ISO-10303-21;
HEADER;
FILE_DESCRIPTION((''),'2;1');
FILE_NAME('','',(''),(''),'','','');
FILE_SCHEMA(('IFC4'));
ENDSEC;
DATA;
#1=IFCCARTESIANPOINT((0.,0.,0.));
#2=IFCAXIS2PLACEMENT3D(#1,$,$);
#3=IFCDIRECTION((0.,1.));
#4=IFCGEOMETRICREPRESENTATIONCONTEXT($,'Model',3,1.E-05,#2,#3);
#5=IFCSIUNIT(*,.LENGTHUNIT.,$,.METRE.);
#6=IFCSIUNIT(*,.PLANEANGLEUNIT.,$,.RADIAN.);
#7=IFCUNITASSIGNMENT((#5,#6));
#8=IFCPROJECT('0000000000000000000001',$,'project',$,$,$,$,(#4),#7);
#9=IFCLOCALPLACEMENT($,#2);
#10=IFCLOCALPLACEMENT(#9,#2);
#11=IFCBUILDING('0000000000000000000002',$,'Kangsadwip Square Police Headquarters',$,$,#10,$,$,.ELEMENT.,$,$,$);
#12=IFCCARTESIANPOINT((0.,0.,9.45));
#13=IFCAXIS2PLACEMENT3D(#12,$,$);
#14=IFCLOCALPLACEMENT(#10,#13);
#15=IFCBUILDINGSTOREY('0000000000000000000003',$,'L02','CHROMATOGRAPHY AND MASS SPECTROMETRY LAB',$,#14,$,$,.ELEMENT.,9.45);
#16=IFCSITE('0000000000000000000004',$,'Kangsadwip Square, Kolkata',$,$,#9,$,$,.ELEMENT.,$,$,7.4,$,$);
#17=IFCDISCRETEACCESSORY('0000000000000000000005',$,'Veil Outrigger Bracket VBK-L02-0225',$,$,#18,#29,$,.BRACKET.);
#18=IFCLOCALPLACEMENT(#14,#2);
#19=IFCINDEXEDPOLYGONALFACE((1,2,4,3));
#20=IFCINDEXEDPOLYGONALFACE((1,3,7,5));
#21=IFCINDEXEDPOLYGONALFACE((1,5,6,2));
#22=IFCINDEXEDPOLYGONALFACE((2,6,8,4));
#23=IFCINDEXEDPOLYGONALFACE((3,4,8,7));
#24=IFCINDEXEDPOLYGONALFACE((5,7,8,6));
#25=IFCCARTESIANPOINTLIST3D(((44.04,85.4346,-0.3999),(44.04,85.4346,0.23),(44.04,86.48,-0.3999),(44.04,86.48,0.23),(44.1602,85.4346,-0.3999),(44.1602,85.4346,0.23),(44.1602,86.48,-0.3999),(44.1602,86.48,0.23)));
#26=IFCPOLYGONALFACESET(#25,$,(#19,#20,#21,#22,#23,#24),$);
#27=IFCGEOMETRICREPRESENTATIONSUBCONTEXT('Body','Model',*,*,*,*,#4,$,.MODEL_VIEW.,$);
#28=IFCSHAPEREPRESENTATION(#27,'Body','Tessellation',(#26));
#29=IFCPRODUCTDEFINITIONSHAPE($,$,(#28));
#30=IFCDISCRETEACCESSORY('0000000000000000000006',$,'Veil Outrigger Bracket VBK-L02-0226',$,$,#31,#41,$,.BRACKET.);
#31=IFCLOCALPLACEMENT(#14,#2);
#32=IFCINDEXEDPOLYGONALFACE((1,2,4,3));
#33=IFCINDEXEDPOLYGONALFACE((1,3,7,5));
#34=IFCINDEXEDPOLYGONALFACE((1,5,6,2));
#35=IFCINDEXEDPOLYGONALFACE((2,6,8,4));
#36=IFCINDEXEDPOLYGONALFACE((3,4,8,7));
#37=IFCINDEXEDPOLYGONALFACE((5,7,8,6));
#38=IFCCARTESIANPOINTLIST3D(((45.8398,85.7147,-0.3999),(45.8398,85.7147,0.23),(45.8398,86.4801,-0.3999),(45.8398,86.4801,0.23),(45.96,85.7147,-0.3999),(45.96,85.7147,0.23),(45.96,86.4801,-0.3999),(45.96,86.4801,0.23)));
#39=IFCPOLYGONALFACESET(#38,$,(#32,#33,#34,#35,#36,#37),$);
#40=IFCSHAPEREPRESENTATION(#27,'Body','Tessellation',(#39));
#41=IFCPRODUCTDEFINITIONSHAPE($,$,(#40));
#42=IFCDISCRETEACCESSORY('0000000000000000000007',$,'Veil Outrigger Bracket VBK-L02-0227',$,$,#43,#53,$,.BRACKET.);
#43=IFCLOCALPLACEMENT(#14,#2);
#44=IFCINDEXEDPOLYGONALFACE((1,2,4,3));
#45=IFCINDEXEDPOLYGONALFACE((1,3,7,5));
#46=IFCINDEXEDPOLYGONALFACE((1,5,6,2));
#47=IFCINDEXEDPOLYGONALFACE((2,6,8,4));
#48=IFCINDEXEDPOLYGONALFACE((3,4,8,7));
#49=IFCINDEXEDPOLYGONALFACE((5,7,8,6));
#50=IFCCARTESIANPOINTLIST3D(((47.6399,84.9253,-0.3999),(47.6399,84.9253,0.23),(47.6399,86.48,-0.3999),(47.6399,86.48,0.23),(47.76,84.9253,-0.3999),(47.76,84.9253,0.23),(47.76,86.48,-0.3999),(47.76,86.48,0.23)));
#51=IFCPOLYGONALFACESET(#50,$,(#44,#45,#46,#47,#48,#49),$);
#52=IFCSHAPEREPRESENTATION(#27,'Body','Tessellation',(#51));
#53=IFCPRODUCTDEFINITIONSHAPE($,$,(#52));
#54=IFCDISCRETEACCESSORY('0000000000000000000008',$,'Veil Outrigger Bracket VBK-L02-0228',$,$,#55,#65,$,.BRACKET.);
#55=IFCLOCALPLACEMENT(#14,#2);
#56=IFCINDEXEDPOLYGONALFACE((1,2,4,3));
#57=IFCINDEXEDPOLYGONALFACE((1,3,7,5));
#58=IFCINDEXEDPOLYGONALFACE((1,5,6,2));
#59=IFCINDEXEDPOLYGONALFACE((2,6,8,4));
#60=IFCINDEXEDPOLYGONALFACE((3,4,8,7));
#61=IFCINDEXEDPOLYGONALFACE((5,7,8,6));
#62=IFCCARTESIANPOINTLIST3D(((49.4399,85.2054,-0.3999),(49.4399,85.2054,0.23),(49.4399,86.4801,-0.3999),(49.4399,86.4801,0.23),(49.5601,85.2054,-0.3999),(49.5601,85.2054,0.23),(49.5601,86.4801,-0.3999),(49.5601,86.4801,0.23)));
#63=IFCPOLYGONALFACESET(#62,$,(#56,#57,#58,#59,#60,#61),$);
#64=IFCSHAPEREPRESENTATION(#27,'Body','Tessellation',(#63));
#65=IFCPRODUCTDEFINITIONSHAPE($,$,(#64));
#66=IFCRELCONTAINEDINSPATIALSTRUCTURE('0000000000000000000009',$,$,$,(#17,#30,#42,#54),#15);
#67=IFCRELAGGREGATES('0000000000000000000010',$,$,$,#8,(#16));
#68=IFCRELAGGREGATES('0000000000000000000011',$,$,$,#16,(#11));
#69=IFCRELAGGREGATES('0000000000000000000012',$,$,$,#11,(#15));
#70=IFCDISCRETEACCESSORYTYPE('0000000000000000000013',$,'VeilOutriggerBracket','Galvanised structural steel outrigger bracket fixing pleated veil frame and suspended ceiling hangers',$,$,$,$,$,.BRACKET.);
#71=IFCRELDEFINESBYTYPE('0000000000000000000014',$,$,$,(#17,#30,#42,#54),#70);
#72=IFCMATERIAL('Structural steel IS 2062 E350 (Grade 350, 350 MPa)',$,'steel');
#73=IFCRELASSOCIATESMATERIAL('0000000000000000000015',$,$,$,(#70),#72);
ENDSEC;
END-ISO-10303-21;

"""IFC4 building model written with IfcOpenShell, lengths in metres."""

from ifc_helpers import new_model, si_unit, direction, frame, origin, origin_2d, place, context, subcontext, project, spatial, rectangle, extrude, material, type_object, element, save


model = new_model("IFC4")

# Units and contexts
model_context = context("Model", 3, precision=1e-05, world=origin(), true_north=direction((0.0, 1.0)))
body_context = subcontext(model_context, "Body", "Model", "MODEL_VIEW")
ifc_project = project(units=[si_unit("LENGTHUNIT", "METRE"), si_unit("PLANEANGLEUNIT", "RADIAN")], contexts=[model_context])

# Site, building, storey
site_placement = place(None, origin())
site = spatial("IfcSite", under=ifc_project, at=site_placement, Name="Kangsadwip Square, Kolkata", CompositionType="ELEMENT", RefElevation=7.4)
building_placement = place(site_placement, origin())
building = spatial("IfcBuilding", under=site, at=building_placement, Name="Kangsadwip Square Police Headquarters", CompositionType="ELEMENT")
storey_placement = place(building_placement, frame((0.0, 0.0, 9.45)))
storey = spatial("IfcBuildingStorey", under=building, at=storey_placement, Name="L02", Description="CHROMATOGRAPHY AND MASS SPECTROMETRY LAB", CompositionType="ELEMENT", Elevation=9.45)

# Discrete accessories
ifc_material_1 = material(Name="Structural steel IS 2062 E350 (Grade 350, 350 MPa)", Category="steel")
discrete_accessory_type = type_object("IfcDiscreteAccessoryType", Name="VeilOutriggerBracket", Description="Galvanised structural steel outrigger bracket fixing pleated veil frame and suspended ceiling hangers", PredefinedType="BRACKET", material=ifc_material_1)
discrete_accessory_1_placement = place(storey_placement, frame((44.1001, 85.9573, -0.3999), z_axis=(0.0, 0.0, 1.0), x_axis=(1.0, 0.0, 0.0)))
element("IfcDiscreteAccessory", 1, at=discrete_accessory_1_placement, inside=storey, type_object=discrete_accessory_type, Name="Veil Outrigger Bracket VBK-L02-0225", PredefinedType="BRACKET", context=body_context, shape_type="SweptSolid", body=[
    extrude(rectangle(XDim=0.1201, YDim=1.0454, at=origin_2d()), origin(), (0.0, 0.0, 1.0), 0.6299),
])
discrete_accessory_2_placement = place(storey_placement, frame((45.8999, 86.0974, -0.3999), z_axis=(0.0, 0.0, 1.0), x_axis=(1.0, 0.0, 0.0)))
element("IfcDiscreteAccessory", 2, at=discrete_accessory_2_placement, inside=storey, type_object=discrete_accessory_type, Name="Veil Outrigger Bracket VBK-L02-0226", PredefinedType="BRACKET", context=body_context, shape_type="SweptSolid", body=[
    extrude(rectangle(XDim=0.1201, YDim=0.7654, at=origin_2d()), origin(), (0.0, 0.0, 1.0), 0.6299),
])
discrete_accessory_3_placement = place(storey_placement, frame((47.7, 85.7026, -0.3999), z_axis=(0.0, 0.0, 1.0), x_axis=(1.0, 0.0, 0.0)))
element("IfcDiscreteAccessory", 3, at=discrete_accessory_3_placement, inside=storey, type_object=discrete_accessory_type, Name="Veil Outrigger Bracket VBK-L02-0227", PredefinedType="BRACKET", context=body_context, shape_type="SweptSolid", body=[
    extrude(rectangle(XDim=0.1201, YDim=1.5547, at=origin_2d()), origin(), (0.0, 0.0, 1.0), 0.6299),
])
discrete_accessory_4_placement = place(storey_placement, frame((49.5, 85.8428, -0.3999), z_axis=(0.0, 0.0, 1.0), x_axis=(1.0, 0.0, 0.0)))
element("IfcDiscreteAccessory", 4, at=discrete_accessory_4_placement, inside=storey, type_object=discrete_accessory_type, Name="Veil Outrigger Bracket VBK-L02-0228", PredefinedType="BRACKET", context=body_context, shape_type="SweptSolid", body=[
    extrude(rectangle(XDim=0.1201, YDim=1.2747, at=origin_2d()), origin(), (0.0, 0.0, 1.0), 0.6299),
])

save(model, "model.ifc")
